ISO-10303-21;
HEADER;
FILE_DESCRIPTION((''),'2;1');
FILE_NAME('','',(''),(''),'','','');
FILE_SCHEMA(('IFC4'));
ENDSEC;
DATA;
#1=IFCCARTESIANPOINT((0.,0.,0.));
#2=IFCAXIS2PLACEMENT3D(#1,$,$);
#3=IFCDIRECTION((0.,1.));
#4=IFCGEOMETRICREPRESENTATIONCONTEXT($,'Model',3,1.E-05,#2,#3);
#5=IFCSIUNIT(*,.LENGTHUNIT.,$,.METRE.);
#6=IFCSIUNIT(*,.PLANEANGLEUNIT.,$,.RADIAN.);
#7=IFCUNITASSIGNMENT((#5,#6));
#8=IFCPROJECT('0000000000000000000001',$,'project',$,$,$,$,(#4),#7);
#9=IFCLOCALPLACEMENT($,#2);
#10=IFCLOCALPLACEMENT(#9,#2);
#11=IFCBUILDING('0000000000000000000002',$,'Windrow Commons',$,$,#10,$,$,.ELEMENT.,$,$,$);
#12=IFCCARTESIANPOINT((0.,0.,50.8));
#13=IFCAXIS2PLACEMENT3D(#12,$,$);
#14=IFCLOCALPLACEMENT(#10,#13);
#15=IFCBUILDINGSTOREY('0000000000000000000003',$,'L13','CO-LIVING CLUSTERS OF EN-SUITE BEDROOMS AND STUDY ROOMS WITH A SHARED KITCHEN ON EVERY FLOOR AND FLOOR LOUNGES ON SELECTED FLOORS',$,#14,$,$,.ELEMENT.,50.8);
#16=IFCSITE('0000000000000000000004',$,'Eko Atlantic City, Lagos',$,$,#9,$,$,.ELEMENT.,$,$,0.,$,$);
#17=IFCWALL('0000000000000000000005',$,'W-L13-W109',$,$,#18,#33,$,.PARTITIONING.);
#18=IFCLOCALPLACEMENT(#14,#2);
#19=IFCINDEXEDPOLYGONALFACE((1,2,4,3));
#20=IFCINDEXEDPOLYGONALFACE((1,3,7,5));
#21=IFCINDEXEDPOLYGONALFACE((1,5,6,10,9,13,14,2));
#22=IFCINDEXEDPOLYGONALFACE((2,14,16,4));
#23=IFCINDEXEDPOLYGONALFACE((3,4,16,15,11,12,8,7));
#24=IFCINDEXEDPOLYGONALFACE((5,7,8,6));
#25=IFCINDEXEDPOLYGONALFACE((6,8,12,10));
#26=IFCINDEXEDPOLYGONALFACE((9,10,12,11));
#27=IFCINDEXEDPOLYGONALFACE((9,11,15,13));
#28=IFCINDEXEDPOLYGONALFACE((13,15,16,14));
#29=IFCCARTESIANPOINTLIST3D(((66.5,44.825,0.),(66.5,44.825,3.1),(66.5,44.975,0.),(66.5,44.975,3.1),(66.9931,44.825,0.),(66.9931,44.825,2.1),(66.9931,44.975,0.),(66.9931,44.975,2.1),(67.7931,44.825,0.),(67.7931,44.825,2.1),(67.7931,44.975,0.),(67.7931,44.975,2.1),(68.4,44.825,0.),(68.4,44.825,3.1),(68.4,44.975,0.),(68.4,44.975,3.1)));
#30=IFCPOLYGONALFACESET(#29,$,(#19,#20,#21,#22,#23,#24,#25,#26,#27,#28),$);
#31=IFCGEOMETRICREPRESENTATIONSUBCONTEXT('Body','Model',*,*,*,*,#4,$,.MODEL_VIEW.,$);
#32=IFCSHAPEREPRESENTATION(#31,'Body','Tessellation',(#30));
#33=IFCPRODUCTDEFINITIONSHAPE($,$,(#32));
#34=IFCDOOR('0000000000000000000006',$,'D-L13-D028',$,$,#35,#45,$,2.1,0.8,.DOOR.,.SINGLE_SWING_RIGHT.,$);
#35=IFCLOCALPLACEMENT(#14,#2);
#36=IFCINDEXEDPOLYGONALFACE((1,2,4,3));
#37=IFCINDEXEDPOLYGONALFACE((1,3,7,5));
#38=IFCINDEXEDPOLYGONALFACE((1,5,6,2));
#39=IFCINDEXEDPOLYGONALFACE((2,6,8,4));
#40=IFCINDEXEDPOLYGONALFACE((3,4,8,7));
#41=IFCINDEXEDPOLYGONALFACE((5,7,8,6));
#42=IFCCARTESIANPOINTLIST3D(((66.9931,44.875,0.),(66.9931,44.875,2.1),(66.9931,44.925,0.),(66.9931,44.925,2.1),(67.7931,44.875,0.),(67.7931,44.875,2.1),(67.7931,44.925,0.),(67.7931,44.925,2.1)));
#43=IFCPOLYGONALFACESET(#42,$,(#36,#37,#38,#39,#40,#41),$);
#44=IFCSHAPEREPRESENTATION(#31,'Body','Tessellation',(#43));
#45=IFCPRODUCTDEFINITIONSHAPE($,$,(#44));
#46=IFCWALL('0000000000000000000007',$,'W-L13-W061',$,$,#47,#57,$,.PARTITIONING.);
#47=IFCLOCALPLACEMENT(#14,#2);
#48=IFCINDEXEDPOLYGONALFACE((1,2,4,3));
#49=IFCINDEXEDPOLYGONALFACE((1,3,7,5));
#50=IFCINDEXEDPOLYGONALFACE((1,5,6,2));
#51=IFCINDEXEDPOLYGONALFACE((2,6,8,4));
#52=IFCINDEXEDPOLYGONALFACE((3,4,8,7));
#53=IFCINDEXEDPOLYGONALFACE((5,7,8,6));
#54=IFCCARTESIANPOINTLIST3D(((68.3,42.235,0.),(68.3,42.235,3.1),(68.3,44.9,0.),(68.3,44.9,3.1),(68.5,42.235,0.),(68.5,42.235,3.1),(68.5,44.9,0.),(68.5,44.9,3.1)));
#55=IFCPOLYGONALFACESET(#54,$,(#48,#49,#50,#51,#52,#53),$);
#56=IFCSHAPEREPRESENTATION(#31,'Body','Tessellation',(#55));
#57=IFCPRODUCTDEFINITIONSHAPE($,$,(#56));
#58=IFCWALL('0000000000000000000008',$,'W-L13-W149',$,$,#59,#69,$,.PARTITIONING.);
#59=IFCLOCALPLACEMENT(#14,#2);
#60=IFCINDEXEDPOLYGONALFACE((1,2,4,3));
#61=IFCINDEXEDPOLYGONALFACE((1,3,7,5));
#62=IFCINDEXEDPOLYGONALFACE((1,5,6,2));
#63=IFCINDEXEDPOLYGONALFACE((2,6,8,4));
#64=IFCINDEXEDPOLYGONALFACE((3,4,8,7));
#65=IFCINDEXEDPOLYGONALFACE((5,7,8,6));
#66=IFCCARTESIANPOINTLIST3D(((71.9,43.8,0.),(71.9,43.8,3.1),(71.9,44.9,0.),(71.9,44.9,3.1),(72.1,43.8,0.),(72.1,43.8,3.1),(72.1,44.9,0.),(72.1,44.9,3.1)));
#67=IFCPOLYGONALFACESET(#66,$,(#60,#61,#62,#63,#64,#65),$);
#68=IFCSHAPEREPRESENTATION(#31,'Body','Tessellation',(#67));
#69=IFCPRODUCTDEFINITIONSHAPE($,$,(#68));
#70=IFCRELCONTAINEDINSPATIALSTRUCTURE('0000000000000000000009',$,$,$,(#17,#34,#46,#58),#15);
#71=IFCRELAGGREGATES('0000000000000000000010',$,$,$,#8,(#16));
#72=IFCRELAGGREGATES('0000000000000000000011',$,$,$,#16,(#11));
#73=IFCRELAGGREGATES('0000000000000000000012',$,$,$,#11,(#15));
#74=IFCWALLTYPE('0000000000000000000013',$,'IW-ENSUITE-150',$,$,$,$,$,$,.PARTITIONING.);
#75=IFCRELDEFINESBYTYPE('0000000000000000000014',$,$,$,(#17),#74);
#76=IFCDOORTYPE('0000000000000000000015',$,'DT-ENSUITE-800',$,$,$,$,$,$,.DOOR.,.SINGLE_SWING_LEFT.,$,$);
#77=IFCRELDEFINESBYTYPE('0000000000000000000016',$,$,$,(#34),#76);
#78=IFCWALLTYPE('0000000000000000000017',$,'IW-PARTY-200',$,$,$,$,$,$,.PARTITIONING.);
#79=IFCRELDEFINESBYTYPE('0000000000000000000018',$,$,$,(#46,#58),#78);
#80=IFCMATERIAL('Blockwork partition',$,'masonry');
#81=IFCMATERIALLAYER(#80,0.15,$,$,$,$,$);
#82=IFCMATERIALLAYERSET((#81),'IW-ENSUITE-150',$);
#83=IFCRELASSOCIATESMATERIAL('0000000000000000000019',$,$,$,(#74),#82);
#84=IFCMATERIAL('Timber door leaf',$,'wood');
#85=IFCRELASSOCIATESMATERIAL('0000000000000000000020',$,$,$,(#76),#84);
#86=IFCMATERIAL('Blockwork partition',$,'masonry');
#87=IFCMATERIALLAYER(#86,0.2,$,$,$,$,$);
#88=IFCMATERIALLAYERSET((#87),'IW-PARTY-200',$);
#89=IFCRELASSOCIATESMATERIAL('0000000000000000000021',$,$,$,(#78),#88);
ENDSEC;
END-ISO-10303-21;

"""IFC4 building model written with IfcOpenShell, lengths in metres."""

from ifc_helpers import new_model, si_unit, direction, frame, frame_2d, origin, place, context, subcontext, project, spatial, rectangle, extrude, material, layer, layer_set, type_object, element, fill, save


model = new_model("IFC4")

# Units and contexts
model_context = context("Model", 3, precision=1e-05, world=origin(), true_north=direction((0.0, 1.0)))
body_context = subcontext(model_context, "Body", "Model", "MODEL_VIEW")
ifc_project = project(units=[si_unit("LENGTHUNIT", "METRE"), si_unit("PLANEANGLEUNIT", "RADIAN")], contexts=[model_context])

# Site, building, storey
site_placement = place(None, origin())
site = spatial("IfcSite", under=ifc_project, at=site_placement, Name="Eko Atlantic City, Lagos", CompositionType="ELEMENT", RefElevation=0.0)
building_placement = place(site_placement, origin())
building = spatial("IfcBuilding", under=site, at=building_placement, Name="Windrow Commons", CompositionType="ELEMENT")
storey_placement = place(building_placement, frame((0.0, 0.0, 50.8)))
storey = spatial("IfcBuildingStorey", under=building, at=storey_placement, Name="L13", Description="CO-LIVING CLUSTERS OF EN-SUITE BEDROOMS AND STUDY ROOMS WITH A SHARED KITCHEN ON EVERY FLOOR AND FLOOR LOUNGES ON SELECTED FLOORS", CompositionType="ELEMENT", Elevation=50.8)

# Shared definitions
ifc_material_1 = material(Name="Blockwork partition", Category="masonry")
ifc_layer_1 = layer(ifc_material_1, 0.15)
ifc_layer_set_1 = layer_set([ifc_layer_1], Name="IW-ENSUITE-150")
wall_type_1 = type_object("IfcWallType", Name="IW-ENSUITE-150", PredefinedType="PARTITIONING", material=ifc_layer_set_1)

# Wall, opening, door
wall_1_placement = place(storey_placement, frame((66.5, 44.9, 0.0), z_axis=(0.0, 0.0, 1.0), x_axis=(1.0, 0.0, 0.0)))
wall_1 = element("IfcWall", 1, at=wall_1_placement, inside=storey, type_object=wall_type_1, Name="W-L13-W109", PredefinedType="PARTITIONING", context=body_context, shape_type="SweptSolid", body=[
    extrude(rectangle(XDim=1.9, YDim=0.15, at=frame_2d((0.95, 0.0))), origin(), (0.0, 0.0, 1.0), 3.1),
])
opening_1_placement = place(wall_1_placement, frame((0.4931, 0.0, 0.0)))
opening_1 = element("IfcOpeningElement", 2, at=opening_1_placement, cuts=wall_1, PredefinedType="OPENING", context=body_context, shape_type="SweptSolid", body=[
    extrude(rectangle(XDim=0.8, YDim=2.1, at=frame_2d((0.4, 1.05))), frame((0.0, 0.085, 0.0), z_axis=(0.0, -1.0, 0.0), x_axis=(1.0, 0.0, 0.0)), (0.0, 0.0, 1.0), 0.17),
])
ifc_material_2 = material(Name="Timber door leaf", Category="wood")
door_type = type_object("IfcDoorType", Name="DT-ENSUITE-800", OperationType="SINGLE_SWING_LEFT", PredefinedType="DOOR", material=ifc_material_2)
door_placement = place(opening_1_placement, origin())
door = element("IfcDoor", 3, at=door_placement, inside=storey, type_object=door_type, Name="D-L13-D028", OperationType="SINGLE_SWING_RIGHT", OverallHeight=2.1, OverallWidth=0.8, PredefinedType="DOOR", context=body_context, shape_type="SweptSolid", body=[
    extrude(rectangle(XDim=0.8, YDim=2.1, at=frame_2d((0.4, 1.05))), frame((0.0, 0.025, 0.0), z_axis=(0.0, -1.0, 0.0), x_axis=(1.0, 0.0, 0.0)), (0.0, 0.0, 1.0), 0.05),
])
fill(opening_1, door)

# Walls
ifc_material_3 = material(Name="Blockwork partition", Category="masonry")
ifc_layer_2 = layer(ifc_material_3, 0.2)
ifc_layer_set_2 = layer_set([ifc_layer_2], Name="IW-PARTY-200")
wall_type_2 = type_object("IfcWallType", Name="IW-PARTY-200", PredefinedType="PARTITIONING", material=ifc_layer_set_2)
wall_2_placement = place(storey_placement, frame((68.4, 42.235, 0.0), z_axis=(0.0, 0.0, 1.0), x_axis=(0.0, 1.0, 0.0)))
element("IfcWall", 4, at=wall_2_placement, inside=storey, type_object=wall_type_2, Name="W-L13-W061", PredefinedType="PARTITIONING", context=body_context, shape_type="SweptSolid", body=[
    extrude(rectangle(XDim=2.665, YDim=0.2, at=frame_2d((1.3325, 0.0))), origin(), (0.0, 0.0, 1.0), 3.1),
])
wall_3_placement = place(storey_placement, frame((72.0, 43.8, 0.0), z_axis=(0.0, 0.0, 1.0), x_axis=(0.0, 1.0, 0.0)))
element("IfcWall", 5, at=wall_3_placement, inside=storey, type_object=wall_type_2, Name="W-L13-W149", PredefinedType="PARTITIONING", context=body_context, shape_type="SweptSolid", body=[
    extrude(rectangle(XDim=1.1, YDim=0.2, at=frame_2d((0.55, 0.0))), origin(), (0.0, 0.0, 1.0), 3.1),
])

save(model, "model.ifc")
